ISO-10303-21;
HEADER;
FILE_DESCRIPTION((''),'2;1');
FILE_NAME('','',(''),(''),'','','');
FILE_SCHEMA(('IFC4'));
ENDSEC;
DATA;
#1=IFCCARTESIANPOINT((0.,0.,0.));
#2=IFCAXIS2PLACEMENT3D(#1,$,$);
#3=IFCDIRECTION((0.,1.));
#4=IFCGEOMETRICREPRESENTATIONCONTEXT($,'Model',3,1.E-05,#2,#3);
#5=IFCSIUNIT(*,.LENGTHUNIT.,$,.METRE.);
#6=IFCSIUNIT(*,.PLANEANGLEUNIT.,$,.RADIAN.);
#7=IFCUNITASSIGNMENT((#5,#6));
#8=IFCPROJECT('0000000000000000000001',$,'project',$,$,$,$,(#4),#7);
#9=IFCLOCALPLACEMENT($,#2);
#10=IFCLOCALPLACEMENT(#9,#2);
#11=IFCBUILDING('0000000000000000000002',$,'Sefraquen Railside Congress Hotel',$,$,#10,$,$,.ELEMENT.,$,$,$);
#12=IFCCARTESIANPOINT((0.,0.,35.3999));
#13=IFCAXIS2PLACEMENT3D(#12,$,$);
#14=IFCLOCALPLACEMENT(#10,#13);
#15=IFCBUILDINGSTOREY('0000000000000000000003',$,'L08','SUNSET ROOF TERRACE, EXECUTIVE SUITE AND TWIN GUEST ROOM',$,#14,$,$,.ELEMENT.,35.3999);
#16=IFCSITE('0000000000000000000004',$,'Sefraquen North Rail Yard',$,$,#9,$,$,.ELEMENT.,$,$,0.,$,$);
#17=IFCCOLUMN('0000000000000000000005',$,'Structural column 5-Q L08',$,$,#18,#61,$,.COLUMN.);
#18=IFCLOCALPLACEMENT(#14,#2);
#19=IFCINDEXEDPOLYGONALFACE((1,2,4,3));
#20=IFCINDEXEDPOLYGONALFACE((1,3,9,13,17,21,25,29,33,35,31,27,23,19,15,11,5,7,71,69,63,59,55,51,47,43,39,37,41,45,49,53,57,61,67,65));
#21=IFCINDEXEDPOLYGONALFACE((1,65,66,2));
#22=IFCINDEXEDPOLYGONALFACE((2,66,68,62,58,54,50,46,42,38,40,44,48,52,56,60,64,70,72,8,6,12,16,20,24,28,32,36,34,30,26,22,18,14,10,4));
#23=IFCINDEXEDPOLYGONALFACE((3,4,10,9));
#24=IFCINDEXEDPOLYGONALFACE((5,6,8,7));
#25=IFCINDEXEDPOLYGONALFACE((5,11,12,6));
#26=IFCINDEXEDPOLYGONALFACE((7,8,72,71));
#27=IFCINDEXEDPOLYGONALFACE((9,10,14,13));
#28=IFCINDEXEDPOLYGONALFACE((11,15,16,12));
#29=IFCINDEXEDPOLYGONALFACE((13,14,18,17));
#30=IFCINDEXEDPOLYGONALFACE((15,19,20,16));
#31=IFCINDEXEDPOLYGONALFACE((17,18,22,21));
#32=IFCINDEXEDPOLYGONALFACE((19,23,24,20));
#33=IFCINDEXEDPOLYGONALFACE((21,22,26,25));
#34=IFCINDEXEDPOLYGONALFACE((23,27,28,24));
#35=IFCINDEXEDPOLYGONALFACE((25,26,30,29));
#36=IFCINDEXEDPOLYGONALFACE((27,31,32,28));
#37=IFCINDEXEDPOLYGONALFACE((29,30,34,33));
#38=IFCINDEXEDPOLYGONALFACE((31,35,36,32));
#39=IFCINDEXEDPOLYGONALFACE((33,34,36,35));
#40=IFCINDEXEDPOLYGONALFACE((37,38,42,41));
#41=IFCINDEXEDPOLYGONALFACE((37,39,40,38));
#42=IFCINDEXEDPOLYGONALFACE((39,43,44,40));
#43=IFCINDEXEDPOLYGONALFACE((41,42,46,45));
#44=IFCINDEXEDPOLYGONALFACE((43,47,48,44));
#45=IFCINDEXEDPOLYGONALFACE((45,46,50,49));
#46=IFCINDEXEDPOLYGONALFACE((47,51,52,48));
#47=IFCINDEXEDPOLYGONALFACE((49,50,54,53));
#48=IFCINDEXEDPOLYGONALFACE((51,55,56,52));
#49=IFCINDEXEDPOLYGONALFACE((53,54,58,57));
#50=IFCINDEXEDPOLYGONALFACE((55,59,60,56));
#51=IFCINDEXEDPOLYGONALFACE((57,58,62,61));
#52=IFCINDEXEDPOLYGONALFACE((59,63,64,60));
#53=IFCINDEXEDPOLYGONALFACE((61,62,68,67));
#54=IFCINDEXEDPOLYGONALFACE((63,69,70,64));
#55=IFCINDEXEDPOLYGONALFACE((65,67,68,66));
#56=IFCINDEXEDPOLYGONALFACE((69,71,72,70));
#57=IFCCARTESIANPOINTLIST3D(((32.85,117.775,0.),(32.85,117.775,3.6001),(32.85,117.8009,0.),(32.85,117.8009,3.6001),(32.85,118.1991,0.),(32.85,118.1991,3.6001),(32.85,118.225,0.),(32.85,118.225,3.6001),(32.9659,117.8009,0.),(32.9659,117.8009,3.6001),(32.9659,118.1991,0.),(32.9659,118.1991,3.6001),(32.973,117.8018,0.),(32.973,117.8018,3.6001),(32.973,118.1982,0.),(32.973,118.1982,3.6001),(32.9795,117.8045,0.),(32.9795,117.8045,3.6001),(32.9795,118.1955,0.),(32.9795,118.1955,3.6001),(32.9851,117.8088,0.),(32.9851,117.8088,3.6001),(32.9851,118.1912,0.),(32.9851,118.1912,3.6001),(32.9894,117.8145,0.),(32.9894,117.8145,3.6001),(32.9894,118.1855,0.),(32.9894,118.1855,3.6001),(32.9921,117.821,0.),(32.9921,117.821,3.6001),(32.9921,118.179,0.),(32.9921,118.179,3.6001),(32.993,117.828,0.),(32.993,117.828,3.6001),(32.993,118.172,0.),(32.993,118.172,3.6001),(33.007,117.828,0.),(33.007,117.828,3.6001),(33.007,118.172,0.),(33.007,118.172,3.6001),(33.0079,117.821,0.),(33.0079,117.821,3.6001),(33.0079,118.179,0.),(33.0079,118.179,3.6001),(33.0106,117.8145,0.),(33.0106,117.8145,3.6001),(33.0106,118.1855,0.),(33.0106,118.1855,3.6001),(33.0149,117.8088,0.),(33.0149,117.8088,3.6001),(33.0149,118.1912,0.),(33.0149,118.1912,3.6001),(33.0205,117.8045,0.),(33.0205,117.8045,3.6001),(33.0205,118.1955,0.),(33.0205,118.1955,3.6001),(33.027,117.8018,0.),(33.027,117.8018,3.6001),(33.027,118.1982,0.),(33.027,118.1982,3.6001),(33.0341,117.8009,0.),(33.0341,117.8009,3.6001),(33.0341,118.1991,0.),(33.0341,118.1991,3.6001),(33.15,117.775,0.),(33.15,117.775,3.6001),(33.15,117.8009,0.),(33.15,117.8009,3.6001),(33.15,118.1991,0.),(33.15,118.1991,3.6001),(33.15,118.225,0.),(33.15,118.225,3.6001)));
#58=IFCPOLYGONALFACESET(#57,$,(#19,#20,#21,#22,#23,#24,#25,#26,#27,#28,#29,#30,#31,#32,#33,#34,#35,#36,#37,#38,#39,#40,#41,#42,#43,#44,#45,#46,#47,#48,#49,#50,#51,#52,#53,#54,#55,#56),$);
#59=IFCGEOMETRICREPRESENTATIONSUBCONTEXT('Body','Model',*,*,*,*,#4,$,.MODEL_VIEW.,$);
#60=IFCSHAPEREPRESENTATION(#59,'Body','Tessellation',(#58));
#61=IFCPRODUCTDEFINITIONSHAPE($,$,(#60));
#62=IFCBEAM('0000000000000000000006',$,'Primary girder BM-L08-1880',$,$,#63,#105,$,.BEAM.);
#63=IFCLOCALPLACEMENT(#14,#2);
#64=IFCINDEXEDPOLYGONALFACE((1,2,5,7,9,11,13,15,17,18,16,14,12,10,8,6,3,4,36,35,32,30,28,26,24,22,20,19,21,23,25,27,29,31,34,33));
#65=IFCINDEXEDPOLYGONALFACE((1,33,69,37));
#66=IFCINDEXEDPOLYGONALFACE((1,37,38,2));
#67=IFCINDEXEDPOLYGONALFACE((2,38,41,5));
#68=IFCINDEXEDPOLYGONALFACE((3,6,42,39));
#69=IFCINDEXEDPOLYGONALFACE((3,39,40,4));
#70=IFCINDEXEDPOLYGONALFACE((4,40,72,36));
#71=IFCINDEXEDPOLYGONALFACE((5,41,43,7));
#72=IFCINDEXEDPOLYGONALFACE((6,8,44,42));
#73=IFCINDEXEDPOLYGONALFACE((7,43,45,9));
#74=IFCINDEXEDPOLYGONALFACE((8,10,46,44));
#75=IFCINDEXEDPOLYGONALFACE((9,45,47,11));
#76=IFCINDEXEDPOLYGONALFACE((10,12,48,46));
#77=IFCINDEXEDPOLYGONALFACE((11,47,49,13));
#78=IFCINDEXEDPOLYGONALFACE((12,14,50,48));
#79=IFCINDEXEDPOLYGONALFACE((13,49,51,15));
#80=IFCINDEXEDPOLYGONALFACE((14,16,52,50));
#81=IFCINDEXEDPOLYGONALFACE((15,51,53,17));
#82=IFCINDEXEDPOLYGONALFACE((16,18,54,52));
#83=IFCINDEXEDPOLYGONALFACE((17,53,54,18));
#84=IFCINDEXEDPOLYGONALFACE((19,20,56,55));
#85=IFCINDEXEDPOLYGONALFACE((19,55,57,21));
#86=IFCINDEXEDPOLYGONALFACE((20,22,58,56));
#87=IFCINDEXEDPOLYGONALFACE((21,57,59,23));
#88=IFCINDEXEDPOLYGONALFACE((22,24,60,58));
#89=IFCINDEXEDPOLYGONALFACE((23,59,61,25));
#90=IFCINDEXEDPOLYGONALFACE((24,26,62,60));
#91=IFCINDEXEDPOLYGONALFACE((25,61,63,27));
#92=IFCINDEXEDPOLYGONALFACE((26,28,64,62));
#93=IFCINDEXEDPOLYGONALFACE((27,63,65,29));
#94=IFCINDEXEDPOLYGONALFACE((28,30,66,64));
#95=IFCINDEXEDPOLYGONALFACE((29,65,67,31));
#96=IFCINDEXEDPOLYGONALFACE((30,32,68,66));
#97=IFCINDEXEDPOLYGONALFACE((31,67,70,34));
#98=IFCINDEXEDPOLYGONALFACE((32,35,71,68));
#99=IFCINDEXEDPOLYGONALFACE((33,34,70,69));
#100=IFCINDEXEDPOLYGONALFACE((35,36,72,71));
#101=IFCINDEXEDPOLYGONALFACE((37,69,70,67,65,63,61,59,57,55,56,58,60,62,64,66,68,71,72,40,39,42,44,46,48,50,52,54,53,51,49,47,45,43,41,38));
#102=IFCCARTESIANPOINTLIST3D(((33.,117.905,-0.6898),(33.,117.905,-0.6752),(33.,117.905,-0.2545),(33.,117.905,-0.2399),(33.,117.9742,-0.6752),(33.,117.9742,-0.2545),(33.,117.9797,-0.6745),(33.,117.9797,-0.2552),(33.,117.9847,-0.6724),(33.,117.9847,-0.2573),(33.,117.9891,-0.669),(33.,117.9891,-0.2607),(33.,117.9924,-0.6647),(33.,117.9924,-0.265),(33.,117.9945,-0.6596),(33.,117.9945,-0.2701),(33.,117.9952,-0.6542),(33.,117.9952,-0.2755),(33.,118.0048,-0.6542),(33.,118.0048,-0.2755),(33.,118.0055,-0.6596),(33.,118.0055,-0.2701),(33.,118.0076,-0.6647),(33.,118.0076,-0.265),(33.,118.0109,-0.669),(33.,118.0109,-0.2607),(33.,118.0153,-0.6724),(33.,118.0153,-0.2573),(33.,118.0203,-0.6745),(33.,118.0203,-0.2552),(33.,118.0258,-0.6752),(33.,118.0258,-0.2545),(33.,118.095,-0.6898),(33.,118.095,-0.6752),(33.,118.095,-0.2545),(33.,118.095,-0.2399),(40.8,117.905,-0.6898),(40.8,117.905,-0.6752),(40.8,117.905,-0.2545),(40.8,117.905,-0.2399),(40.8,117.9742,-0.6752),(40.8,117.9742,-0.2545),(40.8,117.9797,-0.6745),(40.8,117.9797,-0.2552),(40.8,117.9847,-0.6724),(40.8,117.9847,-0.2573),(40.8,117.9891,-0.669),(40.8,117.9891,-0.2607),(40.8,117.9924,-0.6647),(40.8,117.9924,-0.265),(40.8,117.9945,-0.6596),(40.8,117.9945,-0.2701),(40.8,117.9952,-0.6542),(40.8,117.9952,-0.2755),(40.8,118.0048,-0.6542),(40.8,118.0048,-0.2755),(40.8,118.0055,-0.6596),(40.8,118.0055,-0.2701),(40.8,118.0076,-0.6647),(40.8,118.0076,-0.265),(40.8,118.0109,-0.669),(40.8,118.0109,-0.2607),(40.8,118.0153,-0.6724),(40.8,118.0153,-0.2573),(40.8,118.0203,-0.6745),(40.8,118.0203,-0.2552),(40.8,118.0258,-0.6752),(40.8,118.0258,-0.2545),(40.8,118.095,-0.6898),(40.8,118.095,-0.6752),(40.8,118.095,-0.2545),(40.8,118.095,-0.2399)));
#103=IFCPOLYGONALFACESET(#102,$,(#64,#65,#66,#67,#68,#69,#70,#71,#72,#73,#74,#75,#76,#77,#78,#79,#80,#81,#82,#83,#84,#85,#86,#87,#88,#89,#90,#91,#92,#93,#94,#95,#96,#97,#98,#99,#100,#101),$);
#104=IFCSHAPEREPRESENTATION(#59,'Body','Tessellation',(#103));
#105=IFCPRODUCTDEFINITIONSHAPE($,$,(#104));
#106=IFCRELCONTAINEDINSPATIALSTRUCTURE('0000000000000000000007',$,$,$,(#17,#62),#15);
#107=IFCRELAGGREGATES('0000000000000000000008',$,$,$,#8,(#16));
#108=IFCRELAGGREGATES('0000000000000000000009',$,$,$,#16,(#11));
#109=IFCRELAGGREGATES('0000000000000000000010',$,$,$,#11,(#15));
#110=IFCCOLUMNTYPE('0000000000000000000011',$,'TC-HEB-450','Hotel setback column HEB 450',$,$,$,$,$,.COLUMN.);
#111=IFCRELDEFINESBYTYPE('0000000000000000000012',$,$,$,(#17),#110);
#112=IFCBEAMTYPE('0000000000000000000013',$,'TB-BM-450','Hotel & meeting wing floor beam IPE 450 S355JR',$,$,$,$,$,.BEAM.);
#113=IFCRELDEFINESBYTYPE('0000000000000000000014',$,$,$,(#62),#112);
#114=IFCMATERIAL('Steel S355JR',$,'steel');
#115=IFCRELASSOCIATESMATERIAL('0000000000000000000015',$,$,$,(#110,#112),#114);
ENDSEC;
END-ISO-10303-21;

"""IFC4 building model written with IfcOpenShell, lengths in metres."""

from ifc_helpers import new_model, si_unit, direction, frame, origin, origin_2d, place, context, subcontext, project, spatial, i_section, extrude, material, material_profile, profile_set, type_object, element, save


model = new_model("IFC4")

# Units and contexts
model_context = context("Model", 3, precision=1e-05, world=origin(), true_north=direction((0.0, 1.0)))
body_context = subcontext(model_context, "Body", "Model", "MODEL_VIEW")
ifc_project = project(units=[si_unit("LENGTHUNIT", "METRE"), si_unit("PLANEANGLEUNIT", "RADIAN")], contexts=[model_context])

# Site, building, storey
site_placement = place(None, origin())
site = spatial("IfcSite", under=ifc_project, at=site_placement, Name="Sefraquen North Rail Yard", CompositionType="ELEMENT", RefElevation=0.0)
building_placement = place(site_placement, origin())
building = spatial("IfcBuilding", under=site, at=building_placement, Name="Sefraquen Railside Congress Hotel", CompositionType="ELEMENT")
storey_placement = place(building_placement, frame((0.0, 0.0, 35.3999)))
storey = spatial("IfcBuildingStorey", under=building, at=storey_placement, Name="L08", Description="SUNSET ROOF TERRACE, EXECUTIVE SUITE AND TWIN GUEST ROOM", CompositionType="ELEMENT", Elevation=35.3999)

# Column
ifc_material_1 = material(Name="Steel S355JR", Category="steel")
ifc_material_profile_1 = material_profile(ifc_material_1, i_section(OverallWidth=0.3, OverallDepth=0.45, WebThickness=0.0139, FlangeThickness=0.0259, FilletRadius=0.0271, at=origin_2d()), Name="HEB 450")
ifc_profile_set_1 = profile_set([ifc_material_profile_1], Name="Steel S355JR")
column_type = type_object("IfcColumnType", Name="TC-HEB-450", Description="Hotel setback column HEB 450", PredefinedType="COLUMN", material=ifc_profile_set_1)
column_placement = place(storey_placement, frame((33.0, 118.0, 0.0), z_axis=(0.0, 0.0, 1.0), x_axis=(1.0, 0.0, 0.0)))
element("IfcColumn", 1, at=column_placement, inside=storey, type_object=column_type, Name="Structural column 5-Q L08", PredefinedType="COLUMN", context=body_context, shape_type="SweptSolid", body=[
    extrude(i_section(OverallWidth=0.3, OverallDepth=0.45, WebThickness=0.0139, FlangeThickness=0.0259, FilletRadius=0.0271, at=origin_2d()), origin(), (0.0, 0.0, 1.0), 3.6001),
])

# Beam
ifc_material_profile_2 = material_profile(ifc_material_1, i_section(OverallWidth=0.1899, OverallDepth=0.45, WebThickness=0.0095, FlangeThickness=0.0146, FilletRadius=0.021, at=origin_2d()), Name="IPE 450")
ifc_profile_set_2 = profile_set([ifc_material_profile_2], Name="Steel S355JR")
beam_type = type_object("IfcBeamType", Name="TB-BM-450", Description="Hotel & meeting wing floor beam IPE 450 S355JR", PredefinedType="BEAM", material=ifc_profile_set_2)
beam_placement = place(storey_placement, frame((33.0, 118.0, -0.4648), z_axis=(1.0, 0.0, 0.0), x_axis=(0.0, 1.0, 0.0)))
element("IfcBeam", 2, at=beam_placement, inside=storey, type_object=beam_type, Name="Primary girder BM-L08-1880", PredefinedType="BEAM", context=body_context, shape_type="SweptSolid", body=[
    extrude(i_section(OverallWidth=0.1899, OverallDepth=0.45, WebThickness=0.0095, FlangeThickness=0.0146, FilletRadius=0.021, at=origin_2d()), origin(), (0.0, 0.0, 1.0), 7.8),
])

save(model, "model.ifc")
